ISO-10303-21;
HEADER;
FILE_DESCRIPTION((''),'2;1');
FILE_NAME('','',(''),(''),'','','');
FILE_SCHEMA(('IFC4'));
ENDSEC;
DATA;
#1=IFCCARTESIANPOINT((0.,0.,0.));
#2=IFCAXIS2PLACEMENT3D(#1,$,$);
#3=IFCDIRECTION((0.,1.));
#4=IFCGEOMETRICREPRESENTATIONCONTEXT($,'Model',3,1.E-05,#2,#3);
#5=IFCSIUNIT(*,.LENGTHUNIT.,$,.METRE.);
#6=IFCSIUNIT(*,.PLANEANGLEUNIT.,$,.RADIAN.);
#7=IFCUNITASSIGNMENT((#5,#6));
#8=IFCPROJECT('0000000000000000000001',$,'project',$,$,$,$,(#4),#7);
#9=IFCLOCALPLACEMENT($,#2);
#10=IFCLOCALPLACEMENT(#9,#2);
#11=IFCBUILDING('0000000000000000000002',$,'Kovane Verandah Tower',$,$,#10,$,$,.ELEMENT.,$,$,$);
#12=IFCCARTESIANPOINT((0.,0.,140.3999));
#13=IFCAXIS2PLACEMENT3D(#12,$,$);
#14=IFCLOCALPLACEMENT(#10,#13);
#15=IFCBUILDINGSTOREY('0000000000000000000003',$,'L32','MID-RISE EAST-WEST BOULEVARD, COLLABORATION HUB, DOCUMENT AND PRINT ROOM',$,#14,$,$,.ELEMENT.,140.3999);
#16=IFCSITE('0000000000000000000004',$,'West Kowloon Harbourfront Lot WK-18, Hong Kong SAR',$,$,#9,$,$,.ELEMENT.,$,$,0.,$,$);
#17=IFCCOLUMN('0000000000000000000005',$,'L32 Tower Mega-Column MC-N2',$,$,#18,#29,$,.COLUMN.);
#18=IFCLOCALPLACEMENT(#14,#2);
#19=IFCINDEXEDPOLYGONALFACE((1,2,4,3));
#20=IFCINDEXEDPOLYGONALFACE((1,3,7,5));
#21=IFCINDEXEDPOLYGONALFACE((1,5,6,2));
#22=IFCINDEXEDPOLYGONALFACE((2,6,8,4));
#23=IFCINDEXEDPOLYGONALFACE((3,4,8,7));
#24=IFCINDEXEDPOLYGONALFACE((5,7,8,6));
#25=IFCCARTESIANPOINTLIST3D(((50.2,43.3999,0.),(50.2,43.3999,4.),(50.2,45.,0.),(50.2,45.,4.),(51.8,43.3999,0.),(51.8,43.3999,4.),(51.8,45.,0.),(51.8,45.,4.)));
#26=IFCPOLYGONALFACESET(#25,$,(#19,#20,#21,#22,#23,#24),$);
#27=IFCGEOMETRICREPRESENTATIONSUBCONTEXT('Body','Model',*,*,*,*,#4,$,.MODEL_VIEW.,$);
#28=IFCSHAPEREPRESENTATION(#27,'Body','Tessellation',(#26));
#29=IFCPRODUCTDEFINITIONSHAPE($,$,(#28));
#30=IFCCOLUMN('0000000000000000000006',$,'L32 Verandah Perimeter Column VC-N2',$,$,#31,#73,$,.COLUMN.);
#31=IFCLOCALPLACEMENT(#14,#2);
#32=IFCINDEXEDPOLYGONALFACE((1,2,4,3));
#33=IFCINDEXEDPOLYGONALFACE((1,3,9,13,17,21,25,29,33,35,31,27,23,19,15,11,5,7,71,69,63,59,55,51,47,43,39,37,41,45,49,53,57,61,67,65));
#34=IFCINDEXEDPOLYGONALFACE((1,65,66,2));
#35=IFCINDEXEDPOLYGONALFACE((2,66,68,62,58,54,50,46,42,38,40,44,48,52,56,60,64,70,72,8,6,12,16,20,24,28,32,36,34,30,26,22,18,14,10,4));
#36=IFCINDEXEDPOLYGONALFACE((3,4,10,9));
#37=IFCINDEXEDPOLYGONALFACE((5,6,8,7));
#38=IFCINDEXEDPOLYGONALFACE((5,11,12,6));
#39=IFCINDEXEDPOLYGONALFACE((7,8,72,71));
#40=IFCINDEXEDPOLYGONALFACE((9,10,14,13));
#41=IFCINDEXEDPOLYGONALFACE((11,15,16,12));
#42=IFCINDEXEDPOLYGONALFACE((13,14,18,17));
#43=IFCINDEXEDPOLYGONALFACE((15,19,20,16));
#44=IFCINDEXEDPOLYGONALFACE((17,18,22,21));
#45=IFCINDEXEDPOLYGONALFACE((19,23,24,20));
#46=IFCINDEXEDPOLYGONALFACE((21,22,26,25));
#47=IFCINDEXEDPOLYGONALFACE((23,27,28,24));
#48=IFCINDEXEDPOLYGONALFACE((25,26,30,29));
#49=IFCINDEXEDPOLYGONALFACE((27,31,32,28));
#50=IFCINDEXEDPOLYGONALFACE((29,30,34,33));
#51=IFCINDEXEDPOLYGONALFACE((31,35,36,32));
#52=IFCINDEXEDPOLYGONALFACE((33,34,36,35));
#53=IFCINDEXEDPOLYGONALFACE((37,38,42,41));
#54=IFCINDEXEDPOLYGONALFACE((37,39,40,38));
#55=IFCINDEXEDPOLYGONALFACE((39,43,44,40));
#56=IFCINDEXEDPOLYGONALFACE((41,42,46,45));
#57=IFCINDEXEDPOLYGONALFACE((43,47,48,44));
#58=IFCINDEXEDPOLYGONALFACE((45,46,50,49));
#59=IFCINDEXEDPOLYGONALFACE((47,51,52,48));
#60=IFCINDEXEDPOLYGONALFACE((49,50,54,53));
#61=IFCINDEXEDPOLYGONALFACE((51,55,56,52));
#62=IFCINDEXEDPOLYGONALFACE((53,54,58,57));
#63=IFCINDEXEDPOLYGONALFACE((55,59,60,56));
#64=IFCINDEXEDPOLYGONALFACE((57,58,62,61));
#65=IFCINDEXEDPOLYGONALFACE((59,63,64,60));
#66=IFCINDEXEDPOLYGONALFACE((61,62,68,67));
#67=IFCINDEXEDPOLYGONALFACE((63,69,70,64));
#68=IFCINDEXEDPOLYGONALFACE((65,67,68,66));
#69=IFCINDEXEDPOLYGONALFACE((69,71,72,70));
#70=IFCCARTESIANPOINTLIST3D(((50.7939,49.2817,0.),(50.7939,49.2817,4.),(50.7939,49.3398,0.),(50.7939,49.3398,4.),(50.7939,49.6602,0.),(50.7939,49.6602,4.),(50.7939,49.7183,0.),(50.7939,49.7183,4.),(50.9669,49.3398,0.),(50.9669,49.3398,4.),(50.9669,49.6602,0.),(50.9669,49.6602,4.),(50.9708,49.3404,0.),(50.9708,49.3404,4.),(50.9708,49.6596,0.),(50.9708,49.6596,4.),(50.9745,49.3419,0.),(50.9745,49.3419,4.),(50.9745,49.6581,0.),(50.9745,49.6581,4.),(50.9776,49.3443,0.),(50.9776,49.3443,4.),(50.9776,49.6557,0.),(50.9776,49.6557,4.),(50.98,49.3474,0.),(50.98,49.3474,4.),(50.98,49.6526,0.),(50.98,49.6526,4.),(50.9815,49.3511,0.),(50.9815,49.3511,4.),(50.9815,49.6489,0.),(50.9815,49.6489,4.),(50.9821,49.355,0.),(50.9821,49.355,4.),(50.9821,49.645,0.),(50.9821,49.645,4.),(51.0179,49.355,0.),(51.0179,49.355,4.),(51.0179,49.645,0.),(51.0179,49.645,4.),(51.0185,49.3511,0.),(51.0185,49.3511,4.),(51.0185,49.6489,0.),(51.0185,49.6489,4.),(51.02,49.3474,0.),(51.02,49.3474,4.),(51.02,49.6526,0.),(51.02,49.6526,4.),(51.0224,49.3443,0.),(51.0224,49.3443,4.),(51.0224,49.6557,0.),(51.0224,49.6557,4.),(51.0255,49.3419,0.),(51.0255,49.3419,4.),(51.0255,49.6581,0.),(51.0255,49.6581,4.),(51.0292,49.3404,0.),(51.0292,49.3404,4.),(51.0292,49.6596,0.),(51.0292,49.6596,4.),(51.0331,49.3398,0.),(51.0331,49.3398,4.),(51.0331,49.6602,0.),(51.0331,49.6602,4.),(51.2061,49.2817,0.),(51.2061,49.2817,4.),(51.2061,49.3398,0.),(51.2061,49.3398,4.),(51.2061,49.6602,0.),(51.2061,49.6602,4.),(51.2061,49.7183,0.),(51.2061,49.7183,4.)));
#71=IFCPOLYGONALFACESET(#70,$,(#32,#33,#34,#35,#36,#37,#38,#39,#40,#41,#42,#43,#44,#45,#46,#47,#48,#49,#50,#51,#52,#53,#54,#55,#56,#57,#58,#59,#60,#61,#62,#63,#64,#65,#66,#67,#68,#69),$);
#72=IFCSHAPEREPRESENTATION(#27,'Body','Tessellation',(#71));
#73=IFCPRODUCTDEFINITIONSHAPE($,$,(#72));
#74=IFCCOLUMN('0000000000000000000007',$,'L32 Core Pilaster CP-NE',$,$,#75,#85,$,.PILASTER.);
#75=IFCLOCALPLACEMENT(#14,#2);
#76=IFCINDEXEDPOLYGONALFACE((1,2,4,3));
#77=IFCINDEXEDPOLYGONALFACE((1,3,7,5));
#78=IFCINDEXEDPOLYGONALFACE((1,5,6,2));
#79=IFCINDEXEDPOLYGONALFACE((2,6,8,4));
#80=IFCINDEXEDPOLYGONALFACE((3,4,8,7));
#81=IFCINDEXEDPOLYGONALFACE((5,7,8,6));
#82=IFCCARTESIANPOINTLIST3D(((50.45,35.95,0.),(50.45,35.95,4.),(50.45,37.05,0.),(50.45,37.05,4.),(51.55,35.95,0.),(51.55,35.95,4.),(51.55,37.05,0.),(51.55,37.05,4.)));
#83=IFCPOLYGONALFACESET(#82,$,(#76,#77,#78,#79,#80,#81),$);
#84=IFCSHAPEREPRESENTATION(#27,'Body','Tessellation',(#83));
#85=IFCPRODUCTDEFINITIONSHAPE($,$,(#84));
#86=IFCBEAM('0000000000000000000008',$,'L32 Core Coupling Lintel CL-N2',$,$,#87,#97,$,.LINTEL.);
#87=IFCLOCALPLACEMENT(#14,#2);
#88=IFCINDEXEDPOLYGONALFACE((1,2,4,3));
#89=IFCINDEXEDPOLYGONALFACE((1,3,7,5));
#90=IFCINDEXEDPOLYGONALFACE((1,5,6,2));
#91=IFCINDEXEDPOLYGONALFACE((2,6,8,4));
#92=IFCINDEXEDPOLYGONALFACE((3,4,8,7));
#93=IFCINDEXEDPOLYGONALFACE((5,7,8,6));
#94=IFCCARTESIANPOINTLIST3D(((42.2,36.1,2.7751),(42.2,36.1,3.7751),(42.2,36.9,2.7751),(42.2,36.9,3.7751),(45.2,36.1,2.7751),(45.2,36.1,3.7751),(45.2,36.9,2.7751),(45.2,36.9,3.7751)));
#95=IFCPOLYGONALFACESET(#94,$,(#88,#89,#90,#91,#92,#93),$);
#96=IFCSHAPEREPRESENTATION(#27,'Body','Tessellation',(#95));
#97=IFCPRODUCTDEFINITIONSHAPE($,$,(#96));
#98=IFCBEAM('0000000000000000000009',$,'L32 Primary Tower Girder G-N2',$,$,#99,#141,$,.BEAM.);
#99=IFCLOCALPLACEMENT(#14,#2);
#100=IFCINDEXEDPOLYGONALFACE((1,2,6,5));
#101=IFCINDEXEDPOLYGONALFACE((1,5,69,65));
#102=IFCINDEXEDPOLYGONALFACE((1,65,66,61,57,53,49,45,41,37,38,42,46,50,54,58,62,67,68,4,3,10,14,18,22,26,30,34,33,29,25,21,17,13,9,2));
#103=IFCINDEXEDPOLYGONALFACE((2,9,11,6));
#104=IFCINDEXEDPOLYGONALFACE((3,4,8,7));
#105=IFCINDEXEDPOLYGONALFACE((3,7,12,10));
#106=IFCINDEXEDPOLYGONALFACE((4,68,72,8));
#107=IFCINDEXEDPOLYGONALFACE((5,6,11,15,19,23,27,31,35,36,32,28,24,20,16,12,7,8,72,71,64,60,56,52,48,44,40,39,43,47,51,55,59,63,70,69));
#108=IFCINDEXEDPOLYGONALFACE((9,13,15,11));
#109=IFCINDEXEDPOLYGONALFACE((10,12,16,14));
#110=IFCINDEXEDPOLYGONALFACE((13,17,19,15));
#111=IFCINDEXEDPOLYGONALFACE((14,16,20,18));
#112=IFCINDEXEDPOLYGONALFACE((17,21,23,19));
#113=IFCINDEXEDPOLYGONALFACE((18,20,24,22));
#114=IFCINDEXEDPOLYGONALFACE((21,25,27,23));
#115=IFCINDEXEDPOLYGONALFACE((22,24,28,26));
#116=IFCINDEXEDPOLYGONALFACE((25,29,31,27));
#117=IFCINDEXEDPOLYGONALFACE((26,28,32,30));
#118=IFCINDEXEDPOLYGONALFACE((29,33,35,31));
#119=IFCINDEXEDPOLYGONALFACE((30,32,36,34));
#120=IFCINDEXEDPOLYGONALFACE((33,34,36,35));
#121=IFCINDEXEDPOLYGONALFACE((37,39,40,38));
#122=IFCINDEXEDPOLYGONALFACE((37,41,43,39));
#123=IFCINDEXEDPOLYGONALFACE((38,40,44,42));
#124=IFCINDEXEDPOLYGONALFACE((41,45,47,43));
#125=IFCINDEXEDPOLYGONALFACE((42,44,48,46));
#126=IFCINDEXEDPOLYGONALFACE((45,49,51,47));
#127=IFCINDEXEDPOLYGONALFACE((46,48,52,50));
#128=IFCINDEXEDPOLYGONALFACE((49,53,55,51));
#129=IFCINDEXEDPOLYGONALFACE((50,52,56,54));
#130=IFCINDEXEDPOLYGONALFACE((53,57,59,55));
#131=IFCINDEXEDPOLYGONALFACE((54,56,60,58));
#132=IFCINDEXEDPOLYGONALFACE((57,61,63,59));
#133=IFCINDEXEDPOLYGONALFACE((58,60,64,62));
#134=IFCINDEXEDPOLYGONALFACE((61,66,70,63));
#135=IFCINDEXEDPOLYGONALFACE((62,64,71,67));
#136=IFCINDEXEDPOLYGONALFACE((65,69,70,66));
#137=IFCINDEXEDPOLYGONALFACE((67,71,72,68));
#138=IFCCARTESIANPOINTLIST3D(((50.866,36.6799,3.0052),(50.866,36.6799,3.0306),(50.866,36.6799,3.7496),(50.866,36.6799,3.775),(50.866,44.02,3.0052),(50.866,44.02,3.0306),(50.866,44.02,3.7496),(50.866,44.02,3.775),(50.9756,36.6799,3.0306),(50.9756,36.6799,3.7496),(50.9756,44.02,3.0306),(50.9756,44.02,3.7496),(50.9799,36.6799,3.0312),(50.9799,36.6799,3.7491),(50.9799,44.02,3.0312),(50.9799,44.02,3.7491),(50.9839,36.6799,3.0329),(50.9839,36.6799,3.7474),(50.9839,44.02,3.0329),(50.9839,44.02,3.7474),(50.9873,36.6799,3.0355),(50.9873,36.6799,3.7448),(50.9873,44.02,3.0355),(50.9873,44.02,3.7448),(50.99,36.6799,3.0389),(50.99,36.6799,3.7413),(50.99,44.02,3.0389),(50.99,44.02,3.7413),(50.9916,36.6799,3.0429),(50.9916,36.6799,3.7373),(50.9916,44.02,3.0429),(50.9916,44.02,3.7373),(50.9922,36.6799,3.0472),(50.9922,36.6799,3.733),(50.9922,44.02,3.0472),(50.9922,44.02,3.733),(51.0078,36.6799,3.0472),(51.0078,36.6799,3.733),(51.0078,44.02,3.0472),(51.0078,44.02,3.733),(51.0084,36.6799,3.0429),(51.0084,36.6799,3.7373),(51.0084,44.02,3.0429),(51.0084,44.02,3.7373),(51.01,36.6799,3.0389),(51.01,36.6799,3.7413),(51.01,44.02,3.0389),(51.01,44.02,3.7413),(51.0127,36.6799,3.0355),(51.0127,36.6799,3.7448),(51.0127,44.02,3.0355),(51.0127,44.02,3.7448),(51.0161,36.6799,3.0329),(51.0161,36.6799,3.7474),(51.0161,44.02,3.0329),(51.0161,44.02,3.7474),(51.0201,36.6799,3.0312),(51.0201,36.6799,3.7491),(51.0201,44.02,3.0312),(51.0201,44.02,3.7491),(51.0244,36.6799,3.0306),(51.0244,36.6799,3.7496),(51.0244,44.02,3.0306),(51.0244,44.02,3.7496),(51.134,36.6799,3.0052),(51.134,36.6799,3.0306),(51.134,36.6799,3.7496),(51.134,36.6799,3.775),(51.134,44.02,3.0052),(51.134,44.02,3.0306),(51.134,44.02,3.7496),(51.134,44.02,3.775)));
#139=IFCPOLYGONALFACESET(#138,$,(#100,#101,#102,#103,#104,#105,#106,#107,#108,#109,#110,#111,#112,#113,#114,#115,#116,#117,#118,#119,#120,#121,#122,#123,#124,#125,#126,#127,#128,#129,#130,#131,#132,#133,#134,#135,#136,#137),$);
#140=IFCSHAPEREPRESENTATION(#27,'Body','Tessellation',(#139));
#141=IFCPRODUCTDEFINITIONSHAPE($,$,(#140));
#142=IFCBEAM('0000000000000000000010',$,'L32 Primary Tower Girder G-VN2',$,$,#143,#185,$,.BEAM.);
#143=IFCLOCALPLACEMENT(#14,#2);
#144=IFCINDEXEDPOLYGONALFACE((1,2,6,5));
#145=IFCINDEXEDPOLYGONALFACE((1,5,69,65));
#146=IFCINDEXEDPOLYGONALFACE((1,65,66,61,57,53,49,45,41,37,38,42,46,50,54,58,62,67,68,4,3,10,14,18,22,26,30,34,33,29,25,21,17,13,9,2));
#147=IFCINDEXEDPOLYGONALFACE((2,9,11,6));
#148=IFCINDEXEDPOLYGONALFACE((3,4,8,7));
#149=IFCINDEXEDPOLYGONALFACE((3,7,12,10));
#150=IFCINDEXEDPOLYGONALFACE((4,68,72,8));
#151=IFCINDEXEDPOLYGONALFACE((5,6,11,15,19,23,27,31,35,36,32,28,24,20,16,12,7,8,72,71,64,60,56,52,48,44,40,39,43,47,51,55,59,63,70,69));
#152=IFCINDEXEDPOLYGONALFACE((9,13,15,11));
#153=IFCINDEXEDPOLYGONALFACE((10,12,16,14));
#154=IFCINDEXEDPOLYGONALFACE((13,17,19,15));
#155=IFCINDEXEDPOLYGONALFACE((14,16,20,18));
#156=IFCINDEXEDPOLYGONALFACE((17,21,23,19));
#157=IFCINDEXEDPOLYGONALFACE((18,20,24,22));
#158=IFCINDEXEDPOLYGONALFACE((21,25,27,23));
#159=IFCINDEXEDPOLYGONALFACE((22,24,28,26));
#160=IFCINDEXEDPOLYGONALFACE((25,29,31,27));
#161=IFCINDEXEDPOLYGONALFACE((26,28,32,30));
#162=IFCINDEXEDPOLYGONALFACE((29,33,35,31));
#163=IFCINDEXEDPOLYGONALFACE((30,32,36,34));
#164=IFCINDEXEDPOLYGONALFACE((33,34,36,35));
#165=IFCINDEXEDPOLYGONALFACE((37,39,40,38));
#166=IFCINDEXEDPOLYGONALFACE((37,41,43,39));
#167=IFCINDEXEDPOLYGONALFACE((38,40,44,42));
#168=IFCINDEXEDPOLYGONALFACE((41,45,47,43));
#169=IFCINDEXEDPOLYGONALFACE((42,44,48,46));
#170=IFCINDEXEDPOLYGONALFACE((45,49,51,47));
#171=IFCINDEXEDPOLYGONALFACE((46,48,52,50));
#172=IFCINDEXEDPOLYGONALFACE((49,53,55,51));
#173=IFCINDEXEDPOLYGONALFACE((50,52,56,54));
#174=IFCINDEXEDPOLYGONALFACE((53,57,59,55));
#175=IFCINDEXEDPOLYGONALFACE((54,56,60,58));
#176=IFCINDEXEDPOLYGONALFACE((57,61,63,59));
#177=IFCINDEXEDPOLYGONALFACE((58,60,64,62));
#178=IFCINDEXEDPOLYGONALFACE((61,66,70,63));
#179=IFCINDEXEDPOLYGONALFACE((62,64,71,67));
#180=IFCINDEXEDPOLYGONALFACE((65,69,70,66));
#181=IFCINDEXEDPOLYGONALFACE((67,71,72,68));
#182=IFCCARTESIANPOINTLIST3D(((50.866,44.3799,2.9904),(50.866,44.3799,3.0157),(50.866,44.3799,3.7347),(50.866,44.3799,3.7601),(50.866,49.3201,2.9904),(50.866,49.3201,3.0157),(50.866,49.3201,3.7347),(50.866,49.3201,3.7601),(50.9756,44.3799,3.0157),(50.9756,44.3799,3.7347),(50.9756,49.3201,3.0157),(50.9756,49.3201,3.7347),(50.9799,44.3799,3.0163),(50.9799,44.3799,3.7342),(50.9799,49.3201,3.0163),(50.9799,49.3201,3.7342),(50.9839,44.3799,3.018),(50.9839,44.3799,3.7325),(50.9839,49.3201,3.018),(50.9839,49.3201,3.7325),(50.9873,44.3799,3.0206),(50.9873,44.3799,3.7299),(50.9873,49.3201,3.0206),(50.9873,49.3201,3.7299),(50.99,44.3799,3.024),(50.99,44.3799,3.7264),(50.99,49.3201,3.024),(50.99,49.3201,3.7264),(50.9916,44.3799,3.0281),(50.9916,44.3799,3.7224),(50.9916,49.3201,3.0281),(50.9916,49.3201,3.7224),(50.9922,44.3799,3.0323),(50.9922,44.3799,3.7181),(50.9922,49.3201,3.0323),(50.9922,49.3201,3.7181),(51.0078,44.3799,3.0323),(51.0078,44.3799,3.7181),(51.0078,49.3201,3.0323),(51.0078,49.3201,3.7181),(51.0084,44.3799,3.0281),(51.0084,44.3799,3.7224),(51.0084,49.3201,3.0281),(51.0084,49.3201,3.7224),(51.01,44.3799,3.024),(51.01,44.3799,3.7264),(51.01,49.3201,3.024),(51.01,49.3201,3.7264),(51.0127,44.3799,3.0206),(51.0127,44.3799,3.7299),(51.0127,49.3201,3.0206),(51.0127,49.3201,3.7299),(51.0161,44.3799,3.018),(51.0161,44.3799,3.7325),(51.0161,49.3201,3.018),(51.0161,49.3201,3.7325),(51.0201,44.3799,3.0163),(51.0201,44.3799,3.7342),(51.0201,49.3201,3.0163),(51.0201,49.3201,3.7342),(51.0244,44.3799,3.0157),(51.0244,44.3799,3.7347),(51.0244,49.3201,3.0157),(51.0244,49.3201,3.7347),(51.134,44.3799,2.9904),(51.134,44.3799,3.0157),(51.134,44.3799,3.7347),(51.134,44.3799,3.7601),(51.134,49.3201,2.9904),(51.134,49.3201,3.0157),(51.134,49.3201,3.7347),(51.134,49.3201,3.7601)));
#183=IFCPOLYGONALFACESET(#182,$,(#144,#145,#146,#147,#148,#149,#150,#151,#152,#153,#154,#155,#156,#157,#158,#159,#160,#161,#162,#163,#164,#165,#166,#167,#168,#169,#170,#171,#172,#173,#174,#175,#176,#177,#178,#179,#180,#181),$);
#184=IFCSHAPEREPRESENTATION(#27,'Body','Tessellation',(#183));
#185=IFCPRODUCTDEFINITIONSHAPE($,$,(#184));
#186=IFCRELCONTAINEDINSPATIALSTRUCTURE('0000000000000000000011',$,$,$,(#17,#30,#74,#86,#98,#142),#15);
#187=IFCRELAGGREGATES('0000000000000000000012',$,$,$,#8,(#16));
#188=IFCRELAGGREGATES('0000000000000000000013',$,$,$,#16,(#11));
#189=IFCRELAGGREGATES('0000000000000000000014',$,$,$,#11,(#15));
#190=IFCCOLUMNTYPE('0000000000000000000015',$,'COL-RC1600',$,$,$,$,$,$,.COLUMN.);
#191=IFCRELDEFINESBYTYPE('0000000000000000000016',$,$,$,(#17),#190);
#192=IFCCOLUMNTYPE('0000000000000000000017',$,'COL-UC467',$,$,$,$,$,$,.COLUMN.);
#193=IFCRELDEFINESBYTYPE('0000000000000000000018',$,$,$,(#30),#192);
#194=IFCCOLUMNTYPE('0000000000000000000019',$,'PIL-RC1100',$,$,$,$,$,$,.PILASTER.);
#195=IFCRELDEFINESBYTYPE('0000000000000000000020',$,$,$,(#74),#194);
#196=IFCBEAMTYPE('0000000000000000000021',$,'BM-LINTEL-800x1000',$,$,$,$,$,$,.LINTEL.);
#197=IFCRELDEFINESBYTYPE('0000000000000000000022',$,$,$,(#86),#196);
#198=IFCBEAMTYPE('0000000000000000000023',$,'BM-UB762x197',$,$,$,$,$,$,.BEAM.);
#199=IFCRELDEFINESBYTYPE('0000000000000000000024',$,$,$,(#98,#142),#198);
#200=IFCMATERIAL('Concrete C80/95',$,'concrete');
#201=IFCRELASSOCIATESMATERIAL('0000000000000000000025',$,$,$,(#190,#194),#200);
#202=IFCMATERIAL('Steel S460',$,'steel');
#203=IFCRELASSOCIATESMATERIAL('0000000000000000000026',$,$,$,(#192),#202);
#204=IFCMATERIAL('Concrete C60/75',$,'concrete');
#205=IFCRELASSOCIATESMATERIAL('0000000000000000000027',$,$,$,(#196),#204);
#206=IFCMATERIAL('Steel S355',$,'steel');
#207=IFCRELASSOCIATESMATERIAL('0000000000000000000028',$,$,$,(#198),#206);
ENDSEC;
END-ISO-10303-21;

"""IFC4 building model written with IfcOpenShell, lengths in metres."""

from ifc_helpers import new_model, si_unit, direction, frame, origin, origin_2d, place, context, subcontext, project, spatial, rectangle, i_section, extrude, material, material_profile, profile_set, type_object, element, save


model = new_model("IFC4")

# Units and contexts
model_context = context("Model", 3, precision=1e-05, world=origin(), true_north=direction((0.0, 1.0)))
body_context = subcontext(model_context, "Body", "Model", "MODEL_VIEW")
ifc_project = project(units=[si_unit("LENGTHUNIT", "METRE"), si_unit("PLANEANGLEUNIT", "RADIAN")], contexts=[model_context])

# Site, building, storey
site_placement = place(None, origin())
site = spatial("IfcSite", under=ifc_project, at=site_placement, Name="West Kowloon Harbourfront Lot WK-18, Hong Kong SAR", CompositionType="ELEMENT", RefElevation=0.0)
building_placement = place(site_placement, origin())
building = spatial("IfcBuilding", under=site, at=building_placement, Name="Kovane Verandah Tower", CompositionType="ELEMENT")
storey_placement = place(building_placement, frame((0.0, 0.0, 140.3999)))
storey = spatial("IfcBuildingStorey", under=building, at=storey_placement, Name="L32", Description="MID-RISE EAST-WEST BOULEVARD, COLLABORATION HUB, DOCUMENT AND PRINT ROOM", CompositionType="ELEMENT", Elevation=140.3999)

# Columns
ifc_material_1 = material(Name="Concrete C80/95", Category="concrete")
ifc_material_profile_1 = material_profile(ifc_material_1, rectangle(XDim=1.6001, YDim=1.6001, at=origin_2d()), Name="RC1600x1600")
ifc_profile_set_1 = profile_set([ifc_material_profile_1], Name="Concrete C80/95")
column_type_1 = type_object("IfcColumnType", Name="COL-RC1600", PredefinedType="COLUMN", material=ifc_profile_set_1)
column_1_placement = place(storey_placement, frame((51.0, 44.2, 0.0), z_axis=(0.0, 0.0, 1.0), x_axis=(1.0, 0.0, 0.0)))
element("IfcColumn", 1, at=column_1_placement, inside=storey, type_object=column_type_1, Name="L32 Tower Mega-Column MC-N2", PredefinedType="COLUMN", context=body_context, shape_type="SweptSolid", body=[
    extrude(rectangle(XDim=1.6001, YDim=1.6001, at=origin_2d()), origin(), (0.0, 0.0, 1.0), 4.0),
])
ifc_material_2 = material(Name="Steel S460", Category="steel")
ifc_material_profile_2 = material_profile(ifc_material_2, i_section(OverallWidth=0.4121, OverallDepth=0.4365, WebThickness=0.0359, FlangeThickness=0.0581, FilletRadius=0.0151, at=origin_2d()), Name="UC356x406x467")
ifc_profile_set_2 = profile_set([ifc_material_profile_2], Name="Steel S460")
column_type_2 = type_object("IfcColumnType", Name="COL-UC467", PredefinedType="COLUMN", material=ifc_profile_set_2)
column_2_placement = place(storey_placement, frame((51.0, 49.5, 0.0), z_axis=(0.0, 0.0, 1.0), x_axis=(1.0, 0.0, 0.0)))
element("IfcColumn", 2, at=column_2_placement, inside=storey, type_object=column_type_2, Name="L32 Verandah Perimeter Column VC-N2", PredefinedType="COLUMN", context=body_context, shape_type="SweptSolid", body=[
    extrude(i_section(OverallWidth=0.4121, OverallDepth=0.4365, WebThickness=0.0359, FlangeThickness=0.0581, FilletRadius=0.0151, at=origin_2d()), origin(), (0.0, 0.0, 1.0), 4.0),
])
ifc_material_profile_3 = material_profile(ifc_material_1, rectangle(XDim=1.1001, YDim=1.1001, at=origin_2d()), Name="RC1100x1100")
ifc_profile_set_3 = profile_set([ifc_material_profile_3], Name="Concrete C80/95")
column_type_3 = type_object("IfcColumnType", Name="PIL-RC1100", PredefinedType="PILASTER", material=ifc_profile_set_3)
column_3_placement = place(storey_placement, frame((51.0, 36.5, 0.0), z_axis=(0.0, 0.0, 1.0), x_axis=(1.0, 0.0, 0.0)))
element("IfcColumn", 3, at=column_3_placement, inside=storey, type_object=column_type_3, Name="L32 Core Pilaster CP-NE", PredefinedType="PILASTER", context=body_context, shape_type="SweptSolid", body=[
    extrude(rectangle(XDim=1.1001, YDim=1.1001, at=origin_2d()), origin(), (0.0, 0.0, 1.0), 4.0),
])

# Beams
ifc_material_3 = material(Name="Concrete C60/75", Category="concrete")
ifc_material_profile_4 = material_profile(ifc_material_3, rectangle(XDim=0.8, YDim=1.0, at=origin_2d()), Name="RCB800x1000")
ifc_profile_set_4 = profile_set([ifc_material_profile_4], Name="Concrete C60/75")
beam_type_1 = type_object("IfcBeamType", Name="BM-LINTEL-800x1000", PredefinedType="LINTEL", material=ifc_profile_set_4)
beam_1_placement = place(storey_placement, frame((42.2, 36.5, 3.2751), z_axis=(1.0, 0.0, 0.0), x_axis=(0.0, 1.0, 0.0)))
element("IfcBeam", 4, at=beam_1_placement, inside=storey, type_object=beam_type_1, Name="L32 Core Coupling Lintel CL-N2", PredefinedType="LINTEL", context=body_context, shape_type="SweptSolid", body=[
    extrude(rectangle(XDim=0.8, YDim=1.0, at=origin_2d()), origin(), (0.0, 0.0, 1.0), 3.0),
])
ifc_material_4 = material(Name="Steel S355", Category="steel")
ifc_material_profile_5 = material_profile(ifc_material_4, i_section(OverallWidth=0.2681, OverallDepth=0.7698, WebThickness=0.0156, FlangeThickness=0.0254, FilletRadius=0.0166, at=origin_2d()), Name="UB762x267x197")
ifc_profile_set_5 = profile_set([ifc_material_profile_5], Name="Steel S355")
beam_type_2 = type_object("IfcBeamType", Name="BM-UB762x197", PredefinedType="BEAM", material=ifc_profile_set_5)
beam_2_placement = place(storey_placement, frame((51.0, 36.6799, 3.3901), z_axis=(0.0, 1.0, 0.0), x_axis=(-1.0, 0.0, 0.0)))
element("IfcBeam", 5, at=beam_2_placement, inside=storey, type_object=beam_type_2, Name="L32 Primary Tower Girder G-N2", PredefinedType="BEAM", context=body_context, shape_type="SweptSolid", body=[
    extrude(i_section(OverallWidth=0.2681, OverallDepth=0.7698, WebThickness=0.0156, FlangeThickness=0.0254, FilletRadius=0.0166, at=origin_2d()), origin(), (0.0, 0.0, 1.0), 7.3401),
])
beam_3_placement = place(storey_placement, frame((51.0, 44.3799, 3.3752), z_axis=(0.0, 1.0, 0.0), x_axis=(-1.0, 0.0, 0.0)))
element("IfcBeam", 6, at=beam_3_placement, inside=storey, type_object=beam_type_2, Name="L32 Primary Tower Girder G-VN2", PredefinedType="BEAM", context=body_context, shape_type="SweptSolid", body=[
    extrude(i_section(OverallWidth=0.2681, OverallDepth=0.7698, WebThickness=0.0156, FlangeThickness=0.0254, FilletRadius=0.0166, at=origin_2d()), origin(), (0.0, 0.0, 1.0), 4.9402),
])

save(model, "model.ifc")
